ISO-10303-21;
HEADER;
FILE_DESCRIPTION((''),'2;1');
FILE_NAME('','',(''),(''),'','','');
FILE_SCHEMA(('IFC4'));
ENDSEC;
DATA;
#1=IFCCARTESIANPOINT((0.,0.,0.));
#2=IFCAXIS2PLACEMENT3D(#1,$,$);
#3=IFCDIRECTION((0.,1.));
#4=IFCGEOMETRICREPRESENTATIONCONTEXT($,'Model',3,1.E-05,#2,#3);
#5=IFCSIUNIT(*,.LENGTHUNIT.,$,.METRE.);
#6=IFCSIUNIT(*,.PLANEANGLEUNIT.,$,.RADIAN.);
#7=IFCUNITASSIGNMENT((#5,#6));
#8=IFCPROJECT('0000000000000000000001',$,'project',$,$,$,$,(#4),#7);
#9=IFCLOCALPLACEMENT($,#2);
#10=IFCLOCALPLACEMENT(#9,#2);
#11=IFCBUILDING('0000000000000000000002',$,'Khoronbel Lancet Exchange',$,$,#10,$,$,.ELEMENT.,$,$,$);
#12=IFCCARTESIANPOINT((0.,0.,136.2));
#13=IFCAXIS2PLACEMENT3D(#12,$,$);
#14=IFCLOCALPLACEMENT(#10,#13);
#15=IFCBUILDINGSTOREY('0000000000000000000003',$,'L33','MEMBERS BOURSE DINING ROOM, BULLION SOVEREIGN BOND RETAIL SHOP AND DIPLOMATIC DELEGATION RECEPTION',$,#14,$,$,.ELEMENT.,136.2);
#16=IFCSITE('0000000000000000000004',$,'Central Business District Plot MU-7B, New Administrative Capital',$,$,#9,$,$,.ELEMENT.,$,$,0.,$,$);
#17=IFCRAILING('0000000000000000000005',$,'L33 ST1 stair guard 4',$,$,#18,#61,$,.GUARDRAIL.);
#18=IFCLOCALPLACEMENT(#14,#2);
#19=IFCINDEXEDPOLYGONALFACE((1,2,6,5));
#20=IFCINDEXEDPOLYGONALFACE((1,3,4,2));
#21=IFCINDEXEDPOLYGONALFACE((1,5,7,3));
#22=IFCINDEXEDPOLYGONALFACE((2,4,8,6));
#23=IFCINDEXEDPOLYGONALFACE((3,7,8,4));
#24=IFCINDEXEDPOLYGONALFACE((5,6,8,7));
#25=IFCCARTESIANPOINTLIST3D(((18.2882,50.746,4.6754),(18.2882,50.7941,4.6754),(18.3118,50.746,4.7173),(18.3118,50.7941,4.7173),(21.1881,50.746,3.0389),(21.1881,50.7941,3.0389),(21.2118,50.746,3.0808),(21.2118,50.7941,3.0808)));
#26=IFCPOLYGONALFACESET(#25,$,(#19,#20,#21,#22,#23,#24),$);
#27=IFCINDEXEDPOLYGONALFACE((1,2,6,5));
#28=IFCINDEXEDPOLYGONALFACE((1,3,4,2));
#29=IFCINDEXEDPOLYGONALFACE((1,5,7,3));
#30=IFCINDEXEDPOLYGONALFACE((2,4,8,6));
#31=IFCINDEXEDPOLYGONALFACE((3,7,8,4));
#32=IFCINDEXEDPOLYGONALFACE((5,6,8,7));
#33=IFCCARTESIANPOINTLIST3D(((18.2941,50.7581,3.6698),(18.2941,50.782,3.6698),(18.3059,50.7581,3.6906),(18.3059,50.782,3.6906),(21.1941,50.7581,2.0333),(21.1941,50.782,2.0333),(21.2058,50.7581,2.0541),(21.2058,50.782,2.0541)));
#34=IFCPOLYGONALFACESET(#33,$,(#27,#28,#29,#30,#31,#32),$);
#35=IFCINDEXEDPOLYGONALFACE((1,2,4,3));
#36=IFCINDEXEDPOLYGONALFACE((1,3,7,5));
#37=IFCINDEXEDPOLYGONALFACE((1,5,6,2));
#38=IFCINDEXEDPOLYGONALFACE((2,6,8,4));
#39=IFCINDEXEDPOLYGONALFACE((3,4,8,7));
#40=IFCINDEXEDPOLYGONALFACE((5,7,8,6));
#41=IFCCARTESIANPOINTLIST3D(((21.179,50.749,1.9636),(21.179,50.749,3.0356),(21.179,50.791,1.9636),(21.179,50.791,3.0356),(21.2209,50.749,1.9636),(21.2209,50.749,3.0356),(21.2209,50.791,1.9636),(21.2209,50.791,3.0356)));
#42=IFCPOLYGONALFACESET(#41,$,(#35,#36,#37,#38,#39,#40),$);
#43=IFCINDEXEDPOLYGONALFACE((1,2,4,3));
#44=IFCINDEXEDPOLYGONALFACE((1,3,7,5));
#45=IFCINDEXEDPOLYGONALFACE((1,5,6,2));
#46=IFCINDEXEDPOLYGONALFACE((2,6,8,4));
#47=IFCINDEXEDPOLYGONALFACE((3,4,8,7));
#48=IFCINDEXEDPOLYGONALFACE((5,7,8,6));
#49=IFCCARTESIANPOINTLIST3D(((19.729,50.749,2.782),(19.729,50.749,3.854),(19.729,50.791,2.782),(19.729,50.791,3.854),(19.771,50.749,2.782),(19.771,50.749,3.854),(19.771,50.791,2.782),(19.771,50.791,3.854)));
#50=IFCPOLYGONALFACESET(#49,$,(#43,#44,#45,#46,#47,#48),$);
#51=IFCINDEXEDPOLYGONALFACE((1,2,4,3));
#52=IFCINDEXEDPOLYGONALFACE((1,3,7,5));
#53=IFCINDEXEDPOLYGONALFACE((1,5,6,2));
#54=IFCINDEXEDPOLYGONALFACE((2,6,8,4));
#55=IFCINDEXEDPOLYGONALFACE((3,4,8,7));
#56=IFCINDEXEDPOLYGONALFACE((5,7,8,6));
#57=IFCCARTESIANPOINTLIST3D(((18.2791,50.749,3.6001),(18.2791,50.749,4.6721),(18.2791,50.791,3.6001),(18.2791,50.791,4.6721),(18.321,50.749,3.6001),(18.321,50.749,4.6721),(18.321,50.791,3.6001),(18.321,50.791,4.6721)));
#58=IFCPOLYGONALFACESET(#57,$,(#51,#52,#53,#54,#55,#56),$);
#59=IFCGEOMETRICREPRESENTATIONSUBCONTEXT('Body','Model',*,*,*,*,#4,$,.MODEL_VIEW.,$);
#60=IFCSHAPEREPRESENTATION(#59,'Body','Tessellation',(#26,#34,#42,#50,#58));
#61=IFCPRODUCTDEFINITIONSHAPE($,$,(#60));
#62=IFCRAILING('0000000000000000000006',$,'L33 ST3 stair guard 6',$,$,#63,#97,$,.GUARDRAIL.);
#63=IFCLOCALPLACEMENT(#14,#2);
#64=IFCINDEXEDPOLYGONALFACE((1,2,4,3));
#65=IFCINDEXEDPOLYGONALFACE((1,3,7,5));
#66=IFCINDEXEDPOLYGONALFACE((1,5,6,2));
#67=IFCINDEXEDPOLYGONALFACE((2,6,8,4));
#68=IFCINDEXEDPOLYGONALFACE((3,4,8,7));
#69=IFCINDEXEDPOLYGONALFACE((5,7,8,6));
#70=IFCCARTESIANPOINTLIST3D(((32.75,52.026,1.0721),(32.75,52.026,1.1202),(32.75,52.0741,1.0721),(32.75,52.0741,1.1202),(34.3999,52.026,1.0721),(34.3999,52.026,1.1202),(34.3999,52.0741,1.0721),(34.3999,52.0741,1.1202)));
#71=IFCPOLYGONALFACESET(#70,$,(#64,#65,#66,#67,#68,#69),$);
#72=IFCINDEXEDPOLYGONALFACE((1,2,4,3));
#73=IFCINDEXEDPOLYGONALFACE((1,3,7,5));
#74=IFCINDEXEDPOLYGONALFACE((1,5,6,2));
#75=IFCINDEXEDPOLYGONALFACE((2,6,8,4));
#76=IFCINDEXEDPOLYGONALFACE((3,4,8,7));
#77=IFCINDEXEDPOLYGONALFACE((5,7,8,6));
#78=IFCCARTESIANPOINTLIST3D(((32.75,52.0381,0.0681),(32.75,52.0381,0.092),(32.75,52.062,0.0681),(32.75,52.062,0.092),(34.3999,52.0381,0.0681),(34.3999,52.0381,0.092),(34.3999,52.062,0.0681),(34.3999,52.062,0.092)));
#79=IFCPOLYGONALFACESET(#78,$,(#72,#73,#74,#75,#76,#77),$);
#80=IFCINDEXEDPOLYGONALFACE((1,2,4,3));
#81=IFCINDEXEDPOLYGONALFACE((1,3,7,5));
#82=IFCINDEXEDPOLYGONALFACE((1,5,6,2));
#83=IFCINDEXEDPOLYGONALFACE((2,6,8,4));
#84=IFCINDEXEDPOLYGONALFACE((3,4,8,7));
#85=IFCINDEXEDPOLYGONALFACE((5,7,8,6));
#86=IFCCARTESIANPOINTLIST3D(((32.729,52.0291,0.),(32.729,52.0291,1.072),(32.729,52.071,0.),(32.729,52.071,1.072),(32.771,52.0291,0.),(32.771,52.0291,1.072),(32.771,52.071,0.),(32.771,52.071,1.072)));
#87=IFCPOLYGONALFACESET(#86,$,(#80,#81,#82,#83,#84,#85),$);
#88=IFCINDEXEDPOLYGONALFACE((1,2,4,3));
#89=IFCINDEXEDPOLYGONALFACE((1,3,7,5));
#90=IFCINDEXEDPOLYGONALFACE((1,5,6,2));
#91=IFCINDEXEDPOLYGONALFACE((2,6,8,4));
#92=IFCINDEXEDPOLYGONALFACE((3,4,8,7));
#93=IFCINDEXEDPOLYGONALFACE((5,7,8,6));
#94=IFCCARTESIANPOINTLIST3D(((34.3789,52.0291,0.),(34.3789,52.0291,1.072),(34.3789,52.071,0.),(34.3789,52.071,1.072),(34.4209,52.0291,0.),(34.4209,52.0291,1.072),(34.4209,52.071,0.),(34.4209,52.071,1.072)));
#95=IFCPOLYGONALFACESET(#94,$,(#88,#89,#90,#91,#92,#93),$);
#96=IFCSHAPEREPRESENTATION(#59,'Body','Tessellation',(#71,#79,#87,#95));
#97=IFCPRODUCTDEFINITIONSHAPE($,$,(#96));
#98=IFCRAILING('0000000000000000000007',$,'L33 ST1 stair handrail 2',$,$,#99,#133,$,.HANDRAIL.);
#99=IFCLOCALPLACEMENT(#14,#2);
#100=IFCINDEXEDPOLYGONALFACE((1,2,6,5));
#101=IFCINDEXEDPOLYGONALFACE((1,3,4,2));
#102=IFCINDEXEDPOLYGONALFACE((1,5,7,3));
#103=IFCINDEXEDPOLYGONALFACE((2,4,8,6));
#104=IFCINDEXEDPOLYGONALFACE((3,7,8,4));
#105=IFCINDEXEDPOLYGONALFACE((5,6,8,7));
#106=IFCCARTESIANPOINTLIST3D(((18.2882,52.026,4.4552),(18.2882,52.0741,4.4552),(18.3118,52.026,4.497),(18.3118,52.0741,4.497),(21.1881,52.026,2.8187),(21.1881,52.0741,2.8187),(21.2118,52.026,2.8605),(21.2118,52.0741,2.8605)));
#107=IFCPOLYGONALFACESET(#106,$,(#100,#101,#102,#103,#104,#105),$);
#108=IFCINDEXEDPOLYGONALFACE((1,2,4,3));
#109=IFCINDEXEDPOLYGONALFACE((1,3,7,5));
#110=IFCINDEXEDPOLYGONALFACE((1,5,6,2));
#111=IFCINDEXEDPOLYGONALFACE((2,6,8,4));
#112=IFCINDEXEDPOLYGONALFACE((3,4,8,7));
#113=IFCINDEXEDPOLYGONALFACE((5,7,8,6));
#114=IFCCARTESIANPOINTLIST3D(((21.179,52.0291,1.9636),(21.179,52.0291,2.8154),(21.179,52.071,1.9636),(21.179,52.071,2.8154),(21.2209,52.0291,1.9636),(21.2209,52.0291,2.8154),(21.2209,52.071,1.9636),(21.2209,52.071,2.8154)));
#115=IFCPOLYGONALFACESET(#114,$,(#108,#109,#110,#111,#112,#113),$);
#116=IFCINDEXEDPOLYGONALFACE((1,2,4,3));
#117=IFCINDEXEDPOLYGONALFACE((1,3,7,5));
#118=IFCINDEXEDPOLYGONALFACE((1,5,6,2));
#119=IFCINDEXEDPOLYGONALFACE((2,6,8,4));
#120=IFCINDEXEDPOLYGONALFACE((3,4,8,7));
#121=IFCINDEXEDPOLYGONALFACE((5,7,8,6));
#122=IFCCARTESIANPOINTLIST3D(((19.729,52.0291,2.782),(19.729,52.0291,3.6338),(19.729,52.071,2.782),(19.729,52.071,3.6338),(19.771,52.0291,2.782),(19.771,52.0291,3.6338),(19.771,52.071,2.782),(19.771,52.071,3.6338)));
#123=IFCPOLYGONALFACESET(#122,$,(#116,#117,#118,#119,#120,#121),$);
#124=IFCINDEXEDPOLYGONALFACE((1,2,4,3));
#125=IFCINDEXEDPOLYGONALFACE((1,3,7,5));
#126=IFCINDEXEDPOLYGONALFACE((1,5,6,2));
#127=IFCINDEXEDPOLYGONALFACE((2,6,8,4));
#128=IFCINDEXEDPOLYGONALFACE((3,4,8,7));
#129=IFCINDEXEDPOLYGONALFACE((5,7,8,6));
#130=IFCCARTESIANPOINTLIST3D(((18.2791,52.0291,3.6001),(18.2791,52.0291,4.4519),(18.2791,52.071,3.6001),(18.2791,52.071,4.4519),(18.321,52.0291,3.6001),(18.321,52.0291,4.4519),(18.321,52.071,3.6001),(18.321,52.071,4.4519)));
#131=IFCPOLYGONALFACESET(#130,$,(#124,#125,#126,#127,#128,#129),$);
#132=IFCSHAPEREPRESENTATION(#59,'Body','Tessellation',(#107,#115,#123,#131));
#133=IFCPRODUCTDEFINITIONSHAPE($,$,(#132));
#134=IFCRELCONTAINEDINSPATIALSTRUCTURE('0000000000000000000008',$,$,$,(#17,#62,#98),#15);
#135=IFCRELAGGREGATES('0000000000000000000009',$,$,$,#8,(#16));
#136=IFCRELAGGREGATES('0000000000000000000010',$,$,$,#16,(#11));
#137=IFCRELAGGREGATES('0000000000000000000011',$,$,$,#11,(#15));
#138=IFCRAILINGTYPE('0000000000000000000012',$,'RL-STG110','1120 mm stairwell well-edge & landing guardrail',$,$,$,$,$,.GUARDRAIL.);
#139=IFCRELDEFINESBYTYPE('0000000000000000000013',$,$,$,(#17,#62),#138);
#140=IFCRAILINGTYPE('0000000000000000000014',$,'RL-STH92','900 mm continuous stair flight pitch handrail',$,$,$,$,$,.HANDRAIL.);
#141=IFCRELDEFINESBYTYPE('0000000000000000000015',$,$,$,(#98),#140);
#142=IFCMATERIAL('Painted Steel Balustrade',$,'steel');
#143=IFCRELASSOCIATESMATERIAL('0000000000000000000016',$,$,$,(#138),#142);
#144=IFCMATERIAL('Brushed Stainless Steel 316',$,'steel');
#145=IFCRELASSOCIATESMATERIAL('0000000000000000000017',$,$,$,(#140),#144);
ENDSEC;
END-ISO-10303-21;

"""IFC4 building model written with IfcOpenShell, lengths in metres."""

from ifc_helpers import new_model, si_unit, direction, frame, origin, origin_2d, place, context, subcontext, project, spatial, rectangle, extrude, material, type_object, element, save


model = new_model("IFC4")

# Units and contexts
model_context = context("Model", 3, precision=1e-05, world=origin(), true_north=direction((0.0, 1.0)))
body_context = subcontext(model_context, "Body", "Model", "MODEL_VIEW")
ifc_project = project(units=[si_unit("LENGTHUNIT", "METRE"), si_unit("PLANEANGLEUNIT", "RADIAN")], contexts=[model_context])

# Site, building, storey
site_placement = place(None, origin())
site = spatial("IfcSite", under=ifc_project, at=site_placement, Name="Central Business District Plot MU-7B, New Administrative Capital", CompositionType="ELEMENT", RefElevation=0.0)
building_placement = place(site_placement, origin())
building = spatial("IfcBuilding", under=site, at=building_placement, Name="Khoronbel Lancet Exchange", CompositionType="ELEMENT")
storey_placement = place(building_placement, frame((0.0, 0.0, 136.2)))
storey = spatial("IfcBuildingStorey", under=building, at=storey_placement, Name="L33", Description="MEMBERS BOURSE DINING ROOM, BULLION SOVEREIGN BOND RETAIL SHOP AND DIPLOMATIC DELEGATION RECEPTION", CompositionType="ELEMENT", Elevation=136.2)

# Railings
ifc_material_1 = material(Name="Painted Steel Balustrade", Category="steel")
railing_type_1 = type_object("IfcRailingType", Name="RL-STG110", Description="1120 mm stairwell well-edge & landing guardrail", PredefinedType="GUARDRAIL", material=ifc_material_1)
railing_1_placement = place(storey_placement, frame((21.2, 50.77, 1.9636)))
element("IfcRailing", 1, at=railing_1_placement, inside=storey, type_object=railing_type_1, Name="L33 ST1 stair guard 4", PredefinedType="GUARDRAIL", context=body_context, shape_type="SweptSolid", body=[
    extrude(rectangle(XDim=0.0481, YDim=0.0481, at=origin_2d()), frame((0.0, 0.0, 1.0962), z_axis=(-0.870897, 0.0, 0.491465), x_axis=(0.0, -1.0, 0.0)), (0.0, 0.0, 1.0), 3.3298),
    extrude(rectangle(XDim=0.0239, YDim=0.0239, at=origin_2d()), frame((0.0, 0.0, 0.0801), z_axis=(-0.870897, 0.0, 0.491465), x_axis=(0.0, -1.0, 0.0)), (0.0, 0.0, 1.0), 3.3298),
    extrude(rectangle(XDim=0.042, YDim=0.042, at=origin_2d()), origin(), (0.0, 0.0, 1.0), 1.072),
    extrude(rectangle(XDim=0.042, YDim=0.042, at=origin_2d()), frame((-1.45, 0.0, 0.8184)), (0.0, 0.0, 1.0), 1.072),
    extrude(rectangle(XDim=0.042, YDim=0.042, at=origin_2d()), frame((-2.8999, 0.0, 1.6365)), (0.0, 0.0, 1.0), 1.072),
])
railing_2_placement = place(storey_placement, frame((32.75, 52.05, 0.0)))
element("IfcRailing", 2, at=railing_2_placement, inside=storey, type_object=railing_type_1, Name="L33 ST3 stair guard 6", PredefinedType="GUARDRAIL", context=body_context, shape_type="SweptSolid", body=[
    extrude(rectangle(XDim=0.0481, YDim=0.0481, at=origin_2d()), frame((0.0, 0.0, 1.0962), z_axis=(1.0, 0.0, 0.0), x_axis=(0.0, 1.0, 0.0)), (0.0, 0.0, 1.0), 1.6499),
    extrude(rectangle(XDim=0.0239, YDim=0.0239, at=origin_2d()), frame((0.0, 0.0, 0.0801), z_axis=(1.0, 0.0, 0.0), x_axis=(0.0, 1.0, 0.0)), (0.0, 0.0, 1.0), 1.6499),
    extrude(rectangle(XDim=0.042, YDim=0.042, at=origin_2d()), origin(), (0.0, 0.0, 1.0), 1.072),
    extrude(rectangle(XDim=0.042, YDim=0.042, at=origin_2d()), frame((1.6499, 0.0, 0.0)), (0.0, 0.0, 1.0), 1.072),
])
ifc_material_2 = material(Name="Brushed Stainless Steel 316", Category="steel")
railing_type_2 = type_object("IfcRailingType", Name="RL-STH92", Description="900 mm continuous stair flight pitch handrail", PredefinedType="HANDRAIL", material=ifc_material_2)
railing_3_placement = place(storey_placement, frame((21.2, 52.05, 1.9636)))
element("IfcRailing", 3, at=railing_3_placement, inside=storey, type_object=railing_type_2, Name="L33 ST1 stair handrail 2", PredefinedType="HANDRAIL", context=body_context, shape_type="SweptSolid", body=[
    extrude(rectangle(XDim=0.0481, YDim=0.0481, at=origin_2d()), frame((0.0, 0.0, 0.876), z_axis=(-0.870897, 0.0, 0.491465), x_axis=(0.0, -1.0, 0.0)), (0.0, 0.0, 1.0), 3.3298),
    extrude(rectangle(XDim=0.042, YDim=0.042, at=origin_2d()), origin(), (0.0, 0.0, 1.0), 0.8518),
    extrude(rectangle(XDim=0.042, YDim=0.042, at=origin_2d()), frame((-1.45, 0.0, 0.8184)), (0.0, 0.0, 1.0), 0.8518),
    extrude(rectangle(XDim=0.042, YDim=0.042, at=origin_2d()), frame((-2.8999, 0.0, 1.6365)), (0.0, 0.0, 1.0), 0.8518),
])

save(model, "model.ifc")
